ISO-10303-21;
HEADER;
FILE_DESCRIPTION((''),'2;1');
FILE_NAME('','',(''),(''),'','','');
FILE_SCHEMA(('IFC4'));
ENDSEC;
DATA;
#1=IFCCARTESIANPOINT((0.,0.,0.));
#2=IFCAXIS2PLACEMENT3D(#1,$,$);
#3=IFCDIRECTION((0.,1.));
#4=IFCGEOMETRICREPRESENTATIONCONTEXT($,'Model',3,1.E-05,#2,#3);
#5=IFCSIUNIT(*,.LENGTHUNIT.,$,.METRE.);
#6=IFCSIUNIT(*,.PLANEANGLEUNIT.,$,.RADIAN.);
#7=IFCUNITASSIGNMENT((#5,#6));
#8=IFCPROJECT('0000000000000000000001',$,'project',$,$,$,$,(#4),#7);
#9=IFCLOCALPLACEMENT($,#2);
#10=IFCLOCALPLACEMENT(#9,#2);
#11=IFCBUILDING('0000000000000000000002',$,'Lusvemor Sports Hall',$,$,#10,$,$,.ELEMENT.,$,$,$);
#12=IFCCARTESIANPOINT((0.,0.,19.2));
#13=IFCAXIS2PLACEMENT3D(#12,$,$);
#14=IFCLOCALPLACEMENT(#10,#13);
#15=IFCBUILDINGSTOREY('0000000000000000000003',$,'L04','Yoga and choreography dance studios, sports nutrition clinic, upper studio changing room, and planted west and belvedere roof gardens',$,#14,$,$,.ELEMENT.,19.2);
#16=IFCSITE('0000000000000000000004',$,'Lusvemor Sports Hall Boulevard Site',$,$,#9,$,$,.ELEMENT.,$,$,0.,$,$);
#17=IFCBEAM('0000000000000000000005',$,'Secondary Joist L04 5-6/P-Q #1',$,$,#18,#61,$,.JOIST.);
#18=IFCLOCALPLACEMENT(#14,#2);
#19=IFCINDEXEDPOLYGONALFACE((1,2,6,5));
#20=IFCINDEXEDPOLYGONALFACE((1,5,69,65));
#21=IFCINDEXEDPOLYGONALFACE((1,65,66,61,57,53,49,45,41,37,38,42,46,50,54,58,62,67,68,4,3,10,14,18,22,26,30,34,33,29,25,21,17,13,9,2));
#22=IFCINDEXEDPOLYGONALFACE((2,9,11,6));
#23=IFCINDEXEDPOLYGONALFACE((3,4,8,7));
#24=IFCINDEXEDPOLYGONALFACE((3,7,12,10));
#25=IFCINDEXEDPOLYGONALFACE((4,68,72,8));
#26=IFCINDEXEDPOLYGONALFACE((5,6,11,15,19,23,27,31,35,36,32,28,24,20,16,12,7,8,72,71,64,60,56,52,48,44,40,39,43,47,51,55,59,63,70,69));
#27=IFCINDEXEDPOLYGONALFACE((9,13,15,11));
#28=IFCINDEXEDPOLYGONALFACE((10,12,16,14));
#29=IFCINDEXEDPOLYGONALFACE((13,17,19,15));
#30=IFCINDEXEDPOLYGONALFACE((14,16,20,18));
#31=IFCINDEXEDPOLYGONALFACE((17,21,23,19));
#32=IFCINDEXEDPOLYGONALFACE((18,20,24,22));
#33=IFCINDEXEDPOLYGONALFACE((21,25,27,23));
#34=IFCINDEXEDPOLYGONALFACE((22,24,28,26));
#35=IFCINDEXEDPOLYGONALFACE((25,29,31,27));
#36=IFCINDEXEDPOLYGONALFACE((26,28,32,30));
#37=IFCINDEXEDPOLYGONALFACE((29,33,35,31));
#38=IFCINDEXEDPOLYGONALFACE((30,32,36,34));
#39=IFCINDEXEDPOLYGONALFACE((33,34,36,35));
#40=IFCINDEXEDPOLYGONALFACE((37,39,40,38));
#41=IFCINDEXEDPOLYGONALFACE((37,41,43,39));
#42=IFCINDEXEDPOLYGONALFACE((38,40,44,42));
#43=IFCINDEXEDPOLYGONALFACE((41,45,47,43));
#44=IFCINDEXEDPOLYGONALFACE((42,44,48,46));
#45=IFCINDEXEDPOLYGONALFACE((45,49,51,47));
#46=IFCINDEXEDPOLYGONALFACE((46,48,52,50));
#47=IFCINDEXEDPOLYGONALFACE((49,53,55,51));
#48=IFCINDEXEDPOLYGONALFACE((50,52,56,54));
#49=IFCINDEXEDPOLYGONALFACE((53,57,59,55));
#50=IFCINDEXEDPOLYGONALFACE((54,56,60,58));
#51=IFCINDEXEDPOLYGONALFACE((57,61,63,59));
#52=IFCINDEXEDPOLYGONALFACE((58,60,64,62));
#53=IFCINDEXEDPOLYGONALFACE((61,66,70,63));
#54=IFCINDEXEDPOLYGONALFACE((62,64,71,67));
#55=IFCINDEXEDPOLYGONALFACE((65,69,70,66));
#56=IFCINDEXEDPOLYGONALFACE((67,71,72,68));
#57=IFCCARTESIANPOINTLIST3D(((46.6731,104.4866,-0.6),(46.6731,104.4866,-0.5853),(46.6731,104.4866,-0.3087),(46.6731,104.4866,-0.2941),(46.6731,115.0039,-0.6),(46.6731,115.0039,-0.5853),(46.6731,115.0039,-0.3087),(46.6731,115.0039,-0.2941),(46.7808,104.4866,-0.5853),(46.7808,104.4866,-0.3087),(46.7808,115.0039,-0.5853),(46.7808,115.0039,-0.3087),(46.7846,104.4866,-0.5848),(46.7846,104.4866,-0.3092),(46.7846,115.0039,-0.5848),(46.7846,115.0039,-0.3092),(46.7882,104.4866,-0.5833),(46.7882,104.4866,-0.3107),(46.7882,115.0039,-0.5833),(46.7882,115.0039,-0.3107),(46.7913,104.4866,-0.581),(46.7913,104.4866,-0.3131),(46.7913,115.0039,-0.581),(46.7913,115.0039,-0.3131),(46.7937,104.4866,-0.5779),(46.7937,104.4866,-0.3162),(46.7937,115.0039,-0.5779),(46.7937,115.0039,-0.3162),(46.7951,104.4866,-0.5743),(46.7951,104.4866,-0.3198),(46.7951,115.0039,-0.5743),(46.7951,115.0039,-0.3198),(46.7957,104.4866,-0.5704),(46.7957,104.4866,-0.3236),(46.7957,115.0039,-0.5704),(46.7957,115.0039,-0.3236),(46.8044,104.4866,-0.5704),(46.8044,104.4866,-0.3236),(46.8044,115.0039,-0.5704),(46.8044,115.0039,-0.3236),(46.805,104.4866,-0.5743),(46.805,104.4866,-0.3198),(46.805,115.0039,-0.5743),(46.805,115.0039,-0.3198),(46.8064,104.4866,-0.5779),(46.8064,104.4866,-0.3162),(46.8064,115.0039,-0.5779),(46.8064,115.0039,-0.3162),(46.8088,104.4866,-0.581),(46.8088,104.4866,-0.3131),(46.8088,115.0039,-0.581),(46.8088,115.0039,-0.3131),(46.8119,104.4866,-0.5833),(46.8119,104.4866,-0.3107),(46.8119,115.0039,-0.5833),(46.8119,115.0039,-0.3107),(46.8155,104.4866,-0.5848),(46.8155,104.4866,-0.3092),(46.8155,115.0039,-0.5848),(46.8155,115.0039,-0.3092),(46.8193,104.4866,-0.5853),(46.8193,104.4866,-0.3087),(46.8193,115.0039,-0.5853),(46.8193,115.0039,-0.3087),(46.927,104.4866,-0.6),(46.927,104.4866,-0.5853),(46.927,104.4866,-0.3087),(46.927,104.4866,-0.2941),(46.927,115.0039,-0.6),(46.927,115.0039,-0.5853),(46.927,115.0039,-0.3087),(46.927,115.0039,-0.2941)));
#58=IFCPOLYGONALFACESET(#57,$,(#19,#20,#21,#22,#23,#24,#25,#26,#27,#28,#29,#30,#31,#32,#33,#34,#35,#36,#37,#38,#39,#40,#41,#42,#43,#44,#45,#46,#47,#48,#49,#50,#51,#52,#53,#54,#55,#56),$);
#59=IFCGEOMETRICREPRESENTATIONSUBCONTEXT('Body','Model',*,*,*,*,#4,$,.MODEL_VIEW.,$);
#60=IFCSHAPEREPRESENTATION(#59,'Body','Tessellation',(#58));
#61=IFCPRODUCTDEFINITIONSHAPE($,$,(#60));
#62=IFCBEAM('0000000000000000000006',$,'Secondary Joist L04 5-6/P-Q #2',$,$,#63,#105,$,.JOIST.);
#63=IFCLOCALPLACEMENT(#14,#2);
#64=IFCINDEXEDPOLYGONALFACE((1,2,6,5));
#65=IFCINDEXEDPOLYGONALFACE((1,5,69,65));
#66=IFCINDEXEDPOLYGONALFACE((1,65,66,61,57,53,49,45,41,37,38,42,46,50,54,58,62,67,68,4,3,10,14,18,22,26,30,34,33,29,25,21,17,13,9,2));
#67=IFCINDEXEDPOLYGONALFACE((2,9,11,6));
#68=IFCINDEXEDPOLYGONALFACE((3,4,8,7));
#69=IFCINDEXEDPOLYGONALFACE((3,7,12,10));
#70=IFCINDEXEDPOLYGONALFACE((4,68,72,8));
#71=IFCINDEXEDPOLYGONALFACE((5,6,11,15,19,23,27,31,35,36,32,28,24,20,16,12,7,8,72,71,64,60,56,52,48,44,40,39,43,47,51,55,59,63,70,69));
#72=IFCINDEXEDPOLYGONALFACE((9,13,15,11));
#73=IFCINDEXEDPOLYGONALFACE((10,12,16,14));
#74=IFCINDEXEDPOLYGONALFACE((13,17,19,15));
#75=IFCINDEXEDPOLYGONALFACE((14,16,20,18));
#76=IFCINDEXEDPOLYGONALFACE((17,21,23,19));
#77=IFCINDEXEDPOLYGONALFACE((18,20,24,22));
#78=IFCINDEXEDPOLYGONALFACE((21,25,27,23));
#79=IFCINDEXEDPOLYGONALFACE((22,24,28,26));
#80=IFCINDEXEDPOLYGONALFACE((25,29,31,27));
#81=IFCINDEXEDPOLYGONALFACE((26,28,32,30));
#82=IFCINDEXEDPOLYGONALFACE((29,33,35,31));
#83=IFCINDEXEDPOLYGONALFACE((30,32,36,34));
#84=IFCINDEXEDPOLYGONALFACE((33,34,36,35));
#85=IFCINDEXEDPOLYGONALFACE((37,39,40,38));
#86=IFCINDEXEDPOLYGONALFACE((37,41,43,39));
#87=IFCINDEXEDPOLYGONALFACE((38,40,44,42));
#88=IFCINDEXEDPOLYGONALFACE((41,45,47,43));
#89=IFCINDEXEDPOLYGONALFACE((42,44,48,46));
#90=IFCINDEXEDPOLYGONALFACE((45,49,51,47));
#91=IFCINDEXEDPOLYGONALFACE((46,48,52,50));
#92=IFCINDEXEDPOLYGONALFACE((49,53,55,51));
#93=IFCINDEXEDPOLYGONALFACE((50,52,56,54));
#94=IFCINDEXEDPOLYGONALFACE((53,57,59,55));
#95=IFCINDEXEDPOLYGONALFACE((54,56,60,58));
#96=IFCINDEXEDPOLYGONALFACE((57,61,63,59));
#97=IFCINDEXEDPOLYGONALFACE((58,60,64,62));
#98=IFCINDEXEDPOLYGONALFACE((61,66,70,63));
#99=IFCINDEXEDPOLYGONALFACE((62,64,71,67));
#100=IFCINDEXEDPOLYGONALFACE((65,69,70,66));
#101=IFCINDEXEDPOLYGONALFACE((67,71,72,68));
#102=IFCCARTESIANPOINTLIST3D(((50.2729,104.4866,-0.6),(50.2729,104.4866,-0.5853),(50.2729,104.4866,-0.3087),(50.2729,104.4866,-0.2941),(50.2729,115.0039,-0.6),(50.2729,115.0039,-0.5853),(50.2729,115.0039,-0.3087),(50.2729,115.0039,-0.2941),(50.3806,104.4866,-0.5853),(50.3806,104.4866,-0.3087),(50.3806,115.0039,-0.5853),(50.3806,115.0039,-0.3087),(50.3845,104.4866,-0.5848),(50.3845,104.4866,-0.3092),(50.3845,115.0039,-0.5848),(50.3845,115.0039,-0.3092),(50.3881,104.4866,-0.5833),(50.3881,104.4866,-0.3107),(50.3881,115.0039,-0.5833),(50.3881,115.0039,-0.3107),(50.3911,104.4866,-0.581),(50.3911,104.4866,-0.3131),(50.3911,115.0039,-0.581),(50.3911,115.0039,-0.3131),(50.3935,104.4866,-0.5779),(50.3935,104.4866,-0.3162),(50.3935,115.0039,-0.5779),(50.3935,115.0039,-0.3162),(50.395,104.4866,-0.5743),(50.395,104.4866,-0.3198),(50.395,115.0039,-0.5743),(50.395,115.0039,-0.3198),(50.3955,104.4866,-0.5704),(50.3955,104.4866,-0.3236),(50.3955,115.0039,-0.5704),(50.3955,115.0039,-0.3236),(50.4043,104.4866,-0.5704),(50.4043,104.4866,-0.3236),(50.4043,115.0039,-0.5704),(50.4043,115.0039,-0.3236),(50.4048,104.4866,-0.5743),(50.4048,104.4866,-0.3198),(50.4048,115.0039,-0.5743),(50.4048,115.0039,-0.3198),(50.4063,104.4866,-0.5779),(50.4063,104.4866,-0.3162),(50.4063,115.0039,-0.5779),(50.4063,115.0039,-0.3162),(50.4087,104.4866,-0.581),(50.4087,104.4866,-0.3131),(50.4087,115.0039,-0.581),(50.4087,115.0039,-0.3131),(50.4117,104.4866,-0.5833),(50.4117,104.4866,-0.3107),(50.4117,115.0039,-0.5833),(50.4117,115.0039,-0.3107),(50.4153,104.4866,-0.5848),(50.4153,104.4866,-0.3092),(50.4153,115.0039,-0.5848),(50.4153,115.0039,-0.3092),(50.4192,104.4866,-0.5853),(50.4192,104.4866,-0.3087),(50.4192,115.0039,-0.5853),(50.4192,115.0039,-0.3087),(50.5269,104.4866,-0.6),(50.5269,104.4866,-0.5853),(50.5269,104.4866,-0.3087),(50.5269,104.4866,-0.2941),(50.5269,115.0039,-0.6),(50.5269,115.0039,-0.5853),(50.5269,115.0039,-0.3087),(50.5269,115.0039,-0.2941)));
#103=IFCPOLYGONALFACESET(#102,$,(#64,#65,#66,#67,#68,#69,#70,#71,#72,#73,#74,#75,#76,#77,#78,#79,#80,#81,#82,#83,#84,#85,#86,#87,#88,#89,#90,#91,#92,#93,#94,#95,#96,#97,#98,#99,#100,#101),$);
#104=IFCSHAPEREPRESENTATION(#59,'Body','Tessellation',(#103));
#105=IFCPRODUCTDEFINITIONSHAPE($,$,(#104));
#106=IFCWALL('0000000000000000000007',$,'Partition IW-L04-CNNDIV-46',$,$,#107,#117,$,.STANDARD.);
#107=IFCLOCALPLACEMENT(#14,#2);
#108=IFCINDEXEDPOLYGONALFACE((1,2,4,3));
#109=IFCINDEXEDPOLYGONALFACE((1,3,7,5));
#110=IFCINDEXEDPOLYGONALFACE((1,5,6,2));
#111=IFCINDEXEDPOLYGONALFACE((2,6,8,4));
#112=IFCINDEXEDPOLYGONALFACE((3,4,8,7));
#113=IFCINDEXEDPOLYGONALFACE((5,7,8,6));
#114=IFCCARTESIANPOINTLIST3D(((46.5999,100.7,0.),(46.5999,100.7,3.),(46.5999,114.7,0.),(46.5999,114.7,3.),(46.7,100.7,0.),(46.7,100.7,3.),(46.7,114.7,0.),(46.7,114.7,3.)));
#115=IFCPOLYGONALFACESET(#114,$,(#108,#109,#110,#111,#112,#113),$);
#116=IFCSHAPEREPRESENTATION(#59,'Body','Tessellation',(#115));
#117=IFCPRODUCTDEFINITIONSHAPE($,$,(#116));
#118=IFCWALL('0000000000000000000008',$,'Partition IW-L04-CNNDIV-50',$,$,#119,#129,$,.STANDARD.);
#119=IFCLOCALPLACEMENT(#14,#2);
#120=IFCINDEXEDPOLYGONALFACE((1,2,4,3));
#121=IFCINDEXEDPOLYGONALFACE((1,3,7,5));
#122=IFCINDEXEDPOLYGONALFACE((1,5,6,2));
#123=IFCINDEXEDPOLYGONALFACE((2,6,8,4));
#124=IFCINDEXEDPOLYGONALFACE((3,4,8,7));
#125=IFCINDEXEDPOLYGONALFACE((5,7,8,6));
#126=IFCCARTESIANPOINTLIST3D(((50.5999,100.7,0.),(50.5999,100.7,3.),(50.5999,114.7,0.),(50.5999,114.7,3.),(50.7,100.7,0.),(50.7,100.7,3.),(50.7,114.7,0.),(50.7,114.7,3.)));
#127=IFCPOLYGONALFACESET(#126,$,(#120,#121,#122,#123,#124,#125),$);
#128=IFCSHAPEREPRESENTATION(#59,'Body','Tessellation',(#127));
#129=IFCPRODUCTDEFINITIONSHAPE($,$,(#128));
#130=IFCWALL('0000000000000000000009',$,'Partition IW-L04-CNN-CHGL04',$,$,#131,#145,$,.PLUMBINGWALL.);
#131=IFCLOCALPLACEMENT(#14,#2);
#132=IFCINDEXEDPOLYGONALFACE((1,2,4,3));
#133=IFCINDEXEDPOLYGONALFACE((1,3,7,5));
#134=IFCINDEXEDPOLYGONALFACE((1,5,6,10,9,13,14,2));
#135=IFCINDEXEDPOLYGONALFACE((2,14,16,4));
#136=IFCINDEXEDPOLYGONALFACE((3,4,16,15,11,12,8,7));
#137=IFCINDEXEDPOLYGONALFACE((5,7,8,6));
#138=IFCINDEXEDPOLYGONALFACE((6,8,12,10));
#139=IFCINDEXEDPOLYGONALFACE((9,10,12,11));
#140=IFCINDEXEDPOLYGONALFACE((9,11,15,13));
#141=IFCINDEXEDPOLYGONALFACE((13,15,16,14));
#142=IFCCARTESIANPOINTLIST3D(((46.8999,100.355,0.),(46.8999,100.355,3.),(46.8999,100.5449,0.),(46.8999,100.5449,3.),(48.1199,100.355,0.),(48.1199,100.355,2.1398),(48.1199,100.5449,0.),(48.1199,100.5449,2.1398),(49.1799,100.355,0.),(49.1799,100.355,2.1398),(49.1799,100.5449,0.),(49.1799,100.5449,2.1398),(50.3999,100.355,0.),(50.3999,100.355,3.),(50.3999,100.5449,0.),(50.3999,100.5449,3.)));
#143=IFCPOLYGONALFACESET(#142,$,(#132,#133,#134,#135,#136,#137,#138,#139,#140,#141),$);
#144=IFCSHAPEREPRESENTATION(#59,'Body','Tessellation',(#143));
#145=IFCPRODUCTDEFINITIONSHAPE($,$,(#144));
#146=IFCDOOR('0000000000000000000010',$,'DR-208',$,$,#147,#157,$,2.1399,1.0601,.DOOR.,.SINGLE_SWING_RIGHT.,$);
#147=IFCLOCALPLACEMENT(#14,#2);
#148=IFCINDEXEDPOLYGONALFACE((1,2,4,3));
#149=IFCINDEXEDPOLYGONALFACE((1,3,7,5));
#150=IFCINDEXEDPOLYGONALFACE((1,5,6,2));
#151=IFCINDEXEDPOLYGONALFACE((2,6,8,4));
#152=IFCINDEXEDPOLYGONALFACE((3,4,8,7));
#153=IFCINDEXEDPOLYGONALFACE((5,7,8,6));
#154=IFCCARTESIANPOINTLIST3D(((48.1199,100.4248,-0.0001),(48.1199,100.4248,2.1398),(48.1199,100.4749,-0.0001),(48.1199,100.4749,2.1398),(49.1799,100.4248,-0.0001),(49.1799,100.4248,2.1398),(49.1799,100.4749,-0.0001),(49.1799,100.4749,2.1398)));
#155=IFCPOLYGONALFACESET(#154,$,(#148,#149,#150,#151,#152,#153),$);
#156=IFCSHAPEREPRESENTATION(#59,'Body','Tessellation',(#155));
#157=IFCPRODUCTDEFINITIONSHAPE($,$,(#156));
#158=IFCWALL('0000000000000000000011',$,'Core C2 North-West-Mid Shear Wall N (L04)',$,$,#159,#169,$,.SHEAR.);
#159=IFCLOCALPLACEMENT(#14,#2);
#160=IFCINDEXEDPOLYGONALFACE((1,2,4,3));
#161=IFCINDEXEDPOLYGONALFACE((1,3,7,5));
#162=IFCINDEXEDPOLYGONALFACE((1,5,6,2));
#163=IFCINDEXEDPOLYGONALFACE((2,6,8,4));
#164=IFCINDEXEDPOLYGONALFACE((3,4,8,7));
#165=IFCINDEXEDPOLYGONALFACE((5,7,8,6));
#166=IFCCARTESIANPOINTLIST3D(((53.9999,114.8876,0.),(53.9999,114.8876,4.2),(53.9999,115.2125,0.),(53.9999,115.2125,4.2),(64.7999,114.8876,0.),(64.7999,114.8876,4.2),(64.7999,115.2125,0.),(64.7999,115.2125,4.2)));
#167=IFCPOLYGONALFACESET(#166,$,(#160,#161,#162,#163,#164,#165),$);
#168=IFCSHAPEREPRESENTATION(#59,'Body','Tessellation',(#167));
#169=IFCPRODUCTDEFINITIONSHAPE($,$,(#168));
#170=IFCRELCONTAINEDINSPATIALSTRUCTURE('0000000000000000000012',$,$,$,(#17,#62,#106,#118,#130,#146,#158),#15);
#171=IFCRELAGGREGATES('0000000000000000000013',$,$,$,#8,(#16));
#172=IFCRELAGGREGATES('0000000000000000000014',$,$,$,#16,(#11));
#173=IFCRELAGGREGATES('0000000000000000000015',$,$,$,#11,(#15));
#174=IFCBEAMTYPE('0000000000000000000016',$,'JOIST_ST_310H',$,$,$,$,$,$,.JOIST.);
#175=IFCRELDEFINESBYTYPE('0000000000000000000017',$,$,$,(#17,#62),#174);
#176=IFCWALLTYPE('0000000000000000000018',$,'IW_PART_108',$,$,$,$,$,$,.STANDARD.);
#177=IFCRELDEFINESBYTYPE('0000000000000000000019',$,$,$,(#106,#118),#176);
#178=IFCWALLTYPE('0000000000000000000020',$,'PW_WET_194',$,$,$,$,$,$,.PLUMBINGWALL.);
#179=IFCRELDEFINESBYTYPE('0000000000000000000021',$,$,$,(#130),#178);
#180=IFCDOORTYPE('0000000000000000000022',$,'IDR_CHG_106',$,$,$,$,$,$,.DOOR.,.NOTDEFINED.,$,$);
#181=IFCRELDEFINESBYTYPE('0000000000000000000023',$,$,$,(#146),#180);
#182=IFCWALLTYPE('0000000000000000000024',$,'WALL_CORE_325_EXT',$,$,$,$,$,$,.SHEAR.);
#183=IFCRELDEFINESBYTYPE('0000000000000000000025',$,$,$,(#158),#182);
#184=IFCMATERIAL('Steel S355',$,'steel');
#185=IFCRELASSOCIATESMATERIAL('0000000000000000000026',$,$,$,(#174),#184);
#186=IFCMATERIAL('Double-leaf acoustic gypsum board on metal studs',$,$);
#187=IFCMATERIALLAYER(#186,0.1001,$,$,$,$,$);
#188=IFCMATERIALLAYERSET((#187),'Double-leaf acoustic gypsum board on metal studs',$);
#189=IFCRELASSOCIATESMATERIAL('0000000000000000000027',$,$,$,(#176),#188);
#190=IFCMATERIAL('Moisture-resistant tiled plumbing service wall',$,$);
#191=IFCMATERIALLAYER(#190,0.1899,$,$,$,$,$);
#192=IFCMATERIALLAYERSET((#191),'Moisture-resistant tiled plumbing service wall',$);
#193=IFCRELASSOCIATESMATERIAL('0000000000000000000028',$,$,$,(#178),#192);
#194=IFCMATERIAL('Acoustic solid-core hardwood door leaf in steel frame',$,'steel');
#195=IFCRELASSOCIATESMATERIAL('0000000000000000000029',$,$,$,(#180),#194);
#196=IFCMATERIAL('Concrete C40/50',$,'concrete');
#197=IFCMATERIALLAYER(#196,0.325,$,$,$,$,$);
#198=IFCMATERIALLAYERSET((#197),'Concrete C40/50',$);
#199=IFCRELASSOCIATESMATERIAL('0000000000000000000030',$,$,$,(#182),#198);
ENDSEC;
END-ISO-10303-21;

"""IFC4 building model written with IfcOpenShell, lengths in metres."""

from ifc_helpers import new_model, si_unit, direction, frame, frame_2d, origin, origin_2d, place, context, subcontext, project, spatial, rectangle, i_section, extrude, material, layer, layer_set, material_profile, profile_set, type_object, element, fill, save


model = new_model("IFC4")

# Units and contexts
model_context = context("Model", 3, precision=1e-05, world=origin(), true_north=direction((0.0, 1.0)))
body_context = subcontext(model_context, "Body", "Model", "MODEL_VIEW")
ifc_project = project(units=[si_unit("LENGTHUNIT", "METRE"), si_unit("PLANEANGLEUNIT", "RADIAN")], contexts=[model_context])

# Site, building, storey
site_placement = place(None, origin())
site = spatial("IfcSite", under=ifc_project, at=site_placement, Name="Lusvemor Sports Hall Boulevard Site", CompositionType="ELEMENT", RefElevation=0.0)
building_placement = place(site_placement, origin())
building = spatial("IfcBuilding", under=site, at=building_placement, Name="Lusvemor Sports Hall", CompositionType="ELEMENT")
storey_placement = place(building_placement, frame((0.0, 0.0, 19.2)))
storey = spatial("IfcBuildingStorey", under=building, at=storey_placement, Name="L04", Description="Yoga and choreography dance studios, sports nutrition clinic, upper studio changing room, and planted west and belvedere roof gardens", CompositionType="ELEMENT", Elevation=19.2)

# Beams
ifc_material_1 = material(Name="Steel S355", Category="steel")
ifc_material_profile_1 = material_profile(ifc_material_1, i_section(OverallWidth=0.2539, OverallDepth=0.3059, WebThickness=0.0088, FlangeThickness=0.0146, FilletRadius=0.0149, at=origin_2d()), Name="W310x79.0")
ifc_profile_set_1 = profile_set([ifc_material_profile_1], Name="Steel S355")
beam_type_1 = type_object("IfcBeamType", Name="JOIST_ST_310H", PredefinedType="JOIST", material=ifc_profile_set_1)
for number, where, z_axis, x_axis, name in (
    (1, (46.8, 104.4866, -0.447), (0.0, 1.0, 0.0), (-1.0, 0.0, 0.0), "Secondary Joist L04 5-6/P-Q #1"),
    (2, (50.3999, 104.4866, -0.447), (0.0, 1.0, 0.0), (-1.0, 0.0, 0.0), "Secondary Joist L04 5-6/P-Q #2"),
):
    element("IfcBeam", number, at=place(storey_placement, frame(where, z_axis=z_axis, x_axis=x_axis)), inside=storey, type_object=beam_type_1, Name=name, PredefinedType="JOIST", context=body_context, shape_type="SweptSolid", body=[
        extrude(i_section(OverallWidth=0.2539, OverallDepth=0.3059, WebThickness=0.0088, FlangeThickness=0.0146, FilletRadius=0.0149, at=origin_2d()), origin(), (0.0, 0.0, 1.0), 10.5173),
    ])

# Walls
ifc_material_2 = material(Name="Double-leaf acoustic gypsum board on metal studs")
ifc_layer_1 = layer(ifc_material_2, 0.1001)
ifc_layer_set_1 = layer_set([ifc_layer_1], Name="Double-leaf acoustic gypsum board on metal studs")
wall_type_1 = type_object("IfcWallType", Name="IW_PART_108", PredefinedType="STANDARD", material=ifc_layer_set_1)
for number, where, z_axis, x_axis, name in (
    (3, (46.6499, 100.7, 0.0), (0.0, 0.0, 1.0), (0.0, 1.0, 0.0), "Partition IW-L04-CNNDIV-46"),
    (4, (50.6499, 100.7, 0.0), (0.0, 0.0, 1.0), (0.0, 1.0, 0.0), "Partition IW-L04-CNNDIV-50"),
):
    element("IfcWall", number, at=place(storey_placement, frame(where, z_axis=z_axis, x_axis=x_axis)), inside=storey, type_object=wall_type_1, Name=name, PredefinedType="STANDARD", context=body_context, shape_type="SweptSolid", body=[
        extrude(rectangle(XDim=14.0, YDim=0.1001, at=frame_2d((7.0, 0.0))), origin(), (0.0, 0.0, 1.0), 3.0),
    ])

# Wall, opening, door
ifc_material_3 = material(Name="Moisture-resistant tiled plumbing service wall")
ifc_layer_2 = layer(ifc_material_3, 0.1899)
ifc_layer_set_2 = layer_set([ifc_layer_2], Name="Moisture-resistant tiled plumbing service wall")
wall_type_2 = type_object("IfcWallType", Name="PW_WET_194", PredefinedType="PLUMBINGWALL", material=ifc_layer_set_2)
wall_1_placement = place(storey_placement, frame((46.8999, 100.45, 0.0), z_axis=(0.0, 0.0, 1.0), x_axis=(1.0, 0.0, 0.0)))
wall_1 = element("IfcWall", 5, at=wall_1_placement, inside=storey, type_object=wall_type_2, Name="Partition IW-L04-CNN-CHGL04", PredefinedType="PLUMBINGWALL", context=body_context, shape_type="SweptSolid", body=[
    extrude(rectangle(XDim=3.5, YDim=0.1899, at=frame_2d((1.75, 0.0))), origin(), (0.0, 0.0, 1.0), 3.0),
])
opening_1_placement = place(wall_1_placement, frame((1.22, 0.0, 0.0)))
opening_1 = element("IfcOpeningElement", 6, at=opening_1_placement, cuts=wall_1, PredefinedType="OPENING", context=body_context, shape_type="SweptSolid", body=[
    extrude(rectangle(XDim=1.0601, YDim=2.1399, at=frame_2d((0.53, 1.0698))), frame((0.0, 0.095, 0.0), z_axis=(0.0, -1.0, 0.0), x_axis=(1.0, 0.0, 0.0)), (0.0, 0.0, 1.0), 0.1899),
])
ifc_material_4 = material(Name="Acoustic solid-core hardwood door leaf in steel frame", Category="steel")
door_type_1 = type_object("IfcDoorType", Name="IDR_CHG_106", OperationType="NOTDEFINED", PredefinedType="DOOR", material=ifc_material_4)
door_1_placement = place(opening_1_placement, origin())
door_1 = element("IfcDoor", 7, at=door_1_placement, inside=storey, type_object=door_type_1, Name="DR-208", OperationType="SINGLE_SWING_RIGHT", OverallHeight=2.1399, OverallWidth=1.0601, PredefinedType="DOOR", context=body_context, shape_type="SweptSolid", body=[
    extrude(rectangle(XDim=1.0601, YDim=2.1399, at=frame_2d((0.53, 1.0698))), frame((0.0, 0.0249, 0.0), z_axis=(0.0, -1.0, 0.0), x_axis=(1.0, 0.0, 0.0)), (0.0, 0.0, 1.0), 0.05),
])
fill(opening_1, door_1)

# Wall
ifc_material_5 = material(Name="Concrete C40/50", Category="concrete")
ifc_layer_3 = layer(ifc_material_5, 0.325)
ifc_layer_set_3 = layer_set([ifc_layer_3], Name="Concrete C40/50")
wall_type_3 = type_object("IfcWallType", Name="WALL_CORE_325_EXT", PredefinedType="SHEAR", material=ifc_layer_set_3)
wall_2_placement = place(storey_placement, frame((54.0, 115.05, 0.0), z_axis=(0.0, 0.0, 1.0), x_axis=(1.0, 0.0, 0.0)))
element("IfcWall", 8, at=wall_2_placement, inside=storey, type_object=wall_type_3, Name="Core C2 North-West-Mid Shear Wall N (L04)", PredefinedType="SHEAR", context=body_context, shape_type="SweptSolid", body=[
    extrude(rectangle(XDim=10.8, YDim=0.325, at=frame_2d((5.3999, 0.0))), origin(), (0.0, 0.0, 1.0), 4.2),
])

save(model, "model.ifc")
